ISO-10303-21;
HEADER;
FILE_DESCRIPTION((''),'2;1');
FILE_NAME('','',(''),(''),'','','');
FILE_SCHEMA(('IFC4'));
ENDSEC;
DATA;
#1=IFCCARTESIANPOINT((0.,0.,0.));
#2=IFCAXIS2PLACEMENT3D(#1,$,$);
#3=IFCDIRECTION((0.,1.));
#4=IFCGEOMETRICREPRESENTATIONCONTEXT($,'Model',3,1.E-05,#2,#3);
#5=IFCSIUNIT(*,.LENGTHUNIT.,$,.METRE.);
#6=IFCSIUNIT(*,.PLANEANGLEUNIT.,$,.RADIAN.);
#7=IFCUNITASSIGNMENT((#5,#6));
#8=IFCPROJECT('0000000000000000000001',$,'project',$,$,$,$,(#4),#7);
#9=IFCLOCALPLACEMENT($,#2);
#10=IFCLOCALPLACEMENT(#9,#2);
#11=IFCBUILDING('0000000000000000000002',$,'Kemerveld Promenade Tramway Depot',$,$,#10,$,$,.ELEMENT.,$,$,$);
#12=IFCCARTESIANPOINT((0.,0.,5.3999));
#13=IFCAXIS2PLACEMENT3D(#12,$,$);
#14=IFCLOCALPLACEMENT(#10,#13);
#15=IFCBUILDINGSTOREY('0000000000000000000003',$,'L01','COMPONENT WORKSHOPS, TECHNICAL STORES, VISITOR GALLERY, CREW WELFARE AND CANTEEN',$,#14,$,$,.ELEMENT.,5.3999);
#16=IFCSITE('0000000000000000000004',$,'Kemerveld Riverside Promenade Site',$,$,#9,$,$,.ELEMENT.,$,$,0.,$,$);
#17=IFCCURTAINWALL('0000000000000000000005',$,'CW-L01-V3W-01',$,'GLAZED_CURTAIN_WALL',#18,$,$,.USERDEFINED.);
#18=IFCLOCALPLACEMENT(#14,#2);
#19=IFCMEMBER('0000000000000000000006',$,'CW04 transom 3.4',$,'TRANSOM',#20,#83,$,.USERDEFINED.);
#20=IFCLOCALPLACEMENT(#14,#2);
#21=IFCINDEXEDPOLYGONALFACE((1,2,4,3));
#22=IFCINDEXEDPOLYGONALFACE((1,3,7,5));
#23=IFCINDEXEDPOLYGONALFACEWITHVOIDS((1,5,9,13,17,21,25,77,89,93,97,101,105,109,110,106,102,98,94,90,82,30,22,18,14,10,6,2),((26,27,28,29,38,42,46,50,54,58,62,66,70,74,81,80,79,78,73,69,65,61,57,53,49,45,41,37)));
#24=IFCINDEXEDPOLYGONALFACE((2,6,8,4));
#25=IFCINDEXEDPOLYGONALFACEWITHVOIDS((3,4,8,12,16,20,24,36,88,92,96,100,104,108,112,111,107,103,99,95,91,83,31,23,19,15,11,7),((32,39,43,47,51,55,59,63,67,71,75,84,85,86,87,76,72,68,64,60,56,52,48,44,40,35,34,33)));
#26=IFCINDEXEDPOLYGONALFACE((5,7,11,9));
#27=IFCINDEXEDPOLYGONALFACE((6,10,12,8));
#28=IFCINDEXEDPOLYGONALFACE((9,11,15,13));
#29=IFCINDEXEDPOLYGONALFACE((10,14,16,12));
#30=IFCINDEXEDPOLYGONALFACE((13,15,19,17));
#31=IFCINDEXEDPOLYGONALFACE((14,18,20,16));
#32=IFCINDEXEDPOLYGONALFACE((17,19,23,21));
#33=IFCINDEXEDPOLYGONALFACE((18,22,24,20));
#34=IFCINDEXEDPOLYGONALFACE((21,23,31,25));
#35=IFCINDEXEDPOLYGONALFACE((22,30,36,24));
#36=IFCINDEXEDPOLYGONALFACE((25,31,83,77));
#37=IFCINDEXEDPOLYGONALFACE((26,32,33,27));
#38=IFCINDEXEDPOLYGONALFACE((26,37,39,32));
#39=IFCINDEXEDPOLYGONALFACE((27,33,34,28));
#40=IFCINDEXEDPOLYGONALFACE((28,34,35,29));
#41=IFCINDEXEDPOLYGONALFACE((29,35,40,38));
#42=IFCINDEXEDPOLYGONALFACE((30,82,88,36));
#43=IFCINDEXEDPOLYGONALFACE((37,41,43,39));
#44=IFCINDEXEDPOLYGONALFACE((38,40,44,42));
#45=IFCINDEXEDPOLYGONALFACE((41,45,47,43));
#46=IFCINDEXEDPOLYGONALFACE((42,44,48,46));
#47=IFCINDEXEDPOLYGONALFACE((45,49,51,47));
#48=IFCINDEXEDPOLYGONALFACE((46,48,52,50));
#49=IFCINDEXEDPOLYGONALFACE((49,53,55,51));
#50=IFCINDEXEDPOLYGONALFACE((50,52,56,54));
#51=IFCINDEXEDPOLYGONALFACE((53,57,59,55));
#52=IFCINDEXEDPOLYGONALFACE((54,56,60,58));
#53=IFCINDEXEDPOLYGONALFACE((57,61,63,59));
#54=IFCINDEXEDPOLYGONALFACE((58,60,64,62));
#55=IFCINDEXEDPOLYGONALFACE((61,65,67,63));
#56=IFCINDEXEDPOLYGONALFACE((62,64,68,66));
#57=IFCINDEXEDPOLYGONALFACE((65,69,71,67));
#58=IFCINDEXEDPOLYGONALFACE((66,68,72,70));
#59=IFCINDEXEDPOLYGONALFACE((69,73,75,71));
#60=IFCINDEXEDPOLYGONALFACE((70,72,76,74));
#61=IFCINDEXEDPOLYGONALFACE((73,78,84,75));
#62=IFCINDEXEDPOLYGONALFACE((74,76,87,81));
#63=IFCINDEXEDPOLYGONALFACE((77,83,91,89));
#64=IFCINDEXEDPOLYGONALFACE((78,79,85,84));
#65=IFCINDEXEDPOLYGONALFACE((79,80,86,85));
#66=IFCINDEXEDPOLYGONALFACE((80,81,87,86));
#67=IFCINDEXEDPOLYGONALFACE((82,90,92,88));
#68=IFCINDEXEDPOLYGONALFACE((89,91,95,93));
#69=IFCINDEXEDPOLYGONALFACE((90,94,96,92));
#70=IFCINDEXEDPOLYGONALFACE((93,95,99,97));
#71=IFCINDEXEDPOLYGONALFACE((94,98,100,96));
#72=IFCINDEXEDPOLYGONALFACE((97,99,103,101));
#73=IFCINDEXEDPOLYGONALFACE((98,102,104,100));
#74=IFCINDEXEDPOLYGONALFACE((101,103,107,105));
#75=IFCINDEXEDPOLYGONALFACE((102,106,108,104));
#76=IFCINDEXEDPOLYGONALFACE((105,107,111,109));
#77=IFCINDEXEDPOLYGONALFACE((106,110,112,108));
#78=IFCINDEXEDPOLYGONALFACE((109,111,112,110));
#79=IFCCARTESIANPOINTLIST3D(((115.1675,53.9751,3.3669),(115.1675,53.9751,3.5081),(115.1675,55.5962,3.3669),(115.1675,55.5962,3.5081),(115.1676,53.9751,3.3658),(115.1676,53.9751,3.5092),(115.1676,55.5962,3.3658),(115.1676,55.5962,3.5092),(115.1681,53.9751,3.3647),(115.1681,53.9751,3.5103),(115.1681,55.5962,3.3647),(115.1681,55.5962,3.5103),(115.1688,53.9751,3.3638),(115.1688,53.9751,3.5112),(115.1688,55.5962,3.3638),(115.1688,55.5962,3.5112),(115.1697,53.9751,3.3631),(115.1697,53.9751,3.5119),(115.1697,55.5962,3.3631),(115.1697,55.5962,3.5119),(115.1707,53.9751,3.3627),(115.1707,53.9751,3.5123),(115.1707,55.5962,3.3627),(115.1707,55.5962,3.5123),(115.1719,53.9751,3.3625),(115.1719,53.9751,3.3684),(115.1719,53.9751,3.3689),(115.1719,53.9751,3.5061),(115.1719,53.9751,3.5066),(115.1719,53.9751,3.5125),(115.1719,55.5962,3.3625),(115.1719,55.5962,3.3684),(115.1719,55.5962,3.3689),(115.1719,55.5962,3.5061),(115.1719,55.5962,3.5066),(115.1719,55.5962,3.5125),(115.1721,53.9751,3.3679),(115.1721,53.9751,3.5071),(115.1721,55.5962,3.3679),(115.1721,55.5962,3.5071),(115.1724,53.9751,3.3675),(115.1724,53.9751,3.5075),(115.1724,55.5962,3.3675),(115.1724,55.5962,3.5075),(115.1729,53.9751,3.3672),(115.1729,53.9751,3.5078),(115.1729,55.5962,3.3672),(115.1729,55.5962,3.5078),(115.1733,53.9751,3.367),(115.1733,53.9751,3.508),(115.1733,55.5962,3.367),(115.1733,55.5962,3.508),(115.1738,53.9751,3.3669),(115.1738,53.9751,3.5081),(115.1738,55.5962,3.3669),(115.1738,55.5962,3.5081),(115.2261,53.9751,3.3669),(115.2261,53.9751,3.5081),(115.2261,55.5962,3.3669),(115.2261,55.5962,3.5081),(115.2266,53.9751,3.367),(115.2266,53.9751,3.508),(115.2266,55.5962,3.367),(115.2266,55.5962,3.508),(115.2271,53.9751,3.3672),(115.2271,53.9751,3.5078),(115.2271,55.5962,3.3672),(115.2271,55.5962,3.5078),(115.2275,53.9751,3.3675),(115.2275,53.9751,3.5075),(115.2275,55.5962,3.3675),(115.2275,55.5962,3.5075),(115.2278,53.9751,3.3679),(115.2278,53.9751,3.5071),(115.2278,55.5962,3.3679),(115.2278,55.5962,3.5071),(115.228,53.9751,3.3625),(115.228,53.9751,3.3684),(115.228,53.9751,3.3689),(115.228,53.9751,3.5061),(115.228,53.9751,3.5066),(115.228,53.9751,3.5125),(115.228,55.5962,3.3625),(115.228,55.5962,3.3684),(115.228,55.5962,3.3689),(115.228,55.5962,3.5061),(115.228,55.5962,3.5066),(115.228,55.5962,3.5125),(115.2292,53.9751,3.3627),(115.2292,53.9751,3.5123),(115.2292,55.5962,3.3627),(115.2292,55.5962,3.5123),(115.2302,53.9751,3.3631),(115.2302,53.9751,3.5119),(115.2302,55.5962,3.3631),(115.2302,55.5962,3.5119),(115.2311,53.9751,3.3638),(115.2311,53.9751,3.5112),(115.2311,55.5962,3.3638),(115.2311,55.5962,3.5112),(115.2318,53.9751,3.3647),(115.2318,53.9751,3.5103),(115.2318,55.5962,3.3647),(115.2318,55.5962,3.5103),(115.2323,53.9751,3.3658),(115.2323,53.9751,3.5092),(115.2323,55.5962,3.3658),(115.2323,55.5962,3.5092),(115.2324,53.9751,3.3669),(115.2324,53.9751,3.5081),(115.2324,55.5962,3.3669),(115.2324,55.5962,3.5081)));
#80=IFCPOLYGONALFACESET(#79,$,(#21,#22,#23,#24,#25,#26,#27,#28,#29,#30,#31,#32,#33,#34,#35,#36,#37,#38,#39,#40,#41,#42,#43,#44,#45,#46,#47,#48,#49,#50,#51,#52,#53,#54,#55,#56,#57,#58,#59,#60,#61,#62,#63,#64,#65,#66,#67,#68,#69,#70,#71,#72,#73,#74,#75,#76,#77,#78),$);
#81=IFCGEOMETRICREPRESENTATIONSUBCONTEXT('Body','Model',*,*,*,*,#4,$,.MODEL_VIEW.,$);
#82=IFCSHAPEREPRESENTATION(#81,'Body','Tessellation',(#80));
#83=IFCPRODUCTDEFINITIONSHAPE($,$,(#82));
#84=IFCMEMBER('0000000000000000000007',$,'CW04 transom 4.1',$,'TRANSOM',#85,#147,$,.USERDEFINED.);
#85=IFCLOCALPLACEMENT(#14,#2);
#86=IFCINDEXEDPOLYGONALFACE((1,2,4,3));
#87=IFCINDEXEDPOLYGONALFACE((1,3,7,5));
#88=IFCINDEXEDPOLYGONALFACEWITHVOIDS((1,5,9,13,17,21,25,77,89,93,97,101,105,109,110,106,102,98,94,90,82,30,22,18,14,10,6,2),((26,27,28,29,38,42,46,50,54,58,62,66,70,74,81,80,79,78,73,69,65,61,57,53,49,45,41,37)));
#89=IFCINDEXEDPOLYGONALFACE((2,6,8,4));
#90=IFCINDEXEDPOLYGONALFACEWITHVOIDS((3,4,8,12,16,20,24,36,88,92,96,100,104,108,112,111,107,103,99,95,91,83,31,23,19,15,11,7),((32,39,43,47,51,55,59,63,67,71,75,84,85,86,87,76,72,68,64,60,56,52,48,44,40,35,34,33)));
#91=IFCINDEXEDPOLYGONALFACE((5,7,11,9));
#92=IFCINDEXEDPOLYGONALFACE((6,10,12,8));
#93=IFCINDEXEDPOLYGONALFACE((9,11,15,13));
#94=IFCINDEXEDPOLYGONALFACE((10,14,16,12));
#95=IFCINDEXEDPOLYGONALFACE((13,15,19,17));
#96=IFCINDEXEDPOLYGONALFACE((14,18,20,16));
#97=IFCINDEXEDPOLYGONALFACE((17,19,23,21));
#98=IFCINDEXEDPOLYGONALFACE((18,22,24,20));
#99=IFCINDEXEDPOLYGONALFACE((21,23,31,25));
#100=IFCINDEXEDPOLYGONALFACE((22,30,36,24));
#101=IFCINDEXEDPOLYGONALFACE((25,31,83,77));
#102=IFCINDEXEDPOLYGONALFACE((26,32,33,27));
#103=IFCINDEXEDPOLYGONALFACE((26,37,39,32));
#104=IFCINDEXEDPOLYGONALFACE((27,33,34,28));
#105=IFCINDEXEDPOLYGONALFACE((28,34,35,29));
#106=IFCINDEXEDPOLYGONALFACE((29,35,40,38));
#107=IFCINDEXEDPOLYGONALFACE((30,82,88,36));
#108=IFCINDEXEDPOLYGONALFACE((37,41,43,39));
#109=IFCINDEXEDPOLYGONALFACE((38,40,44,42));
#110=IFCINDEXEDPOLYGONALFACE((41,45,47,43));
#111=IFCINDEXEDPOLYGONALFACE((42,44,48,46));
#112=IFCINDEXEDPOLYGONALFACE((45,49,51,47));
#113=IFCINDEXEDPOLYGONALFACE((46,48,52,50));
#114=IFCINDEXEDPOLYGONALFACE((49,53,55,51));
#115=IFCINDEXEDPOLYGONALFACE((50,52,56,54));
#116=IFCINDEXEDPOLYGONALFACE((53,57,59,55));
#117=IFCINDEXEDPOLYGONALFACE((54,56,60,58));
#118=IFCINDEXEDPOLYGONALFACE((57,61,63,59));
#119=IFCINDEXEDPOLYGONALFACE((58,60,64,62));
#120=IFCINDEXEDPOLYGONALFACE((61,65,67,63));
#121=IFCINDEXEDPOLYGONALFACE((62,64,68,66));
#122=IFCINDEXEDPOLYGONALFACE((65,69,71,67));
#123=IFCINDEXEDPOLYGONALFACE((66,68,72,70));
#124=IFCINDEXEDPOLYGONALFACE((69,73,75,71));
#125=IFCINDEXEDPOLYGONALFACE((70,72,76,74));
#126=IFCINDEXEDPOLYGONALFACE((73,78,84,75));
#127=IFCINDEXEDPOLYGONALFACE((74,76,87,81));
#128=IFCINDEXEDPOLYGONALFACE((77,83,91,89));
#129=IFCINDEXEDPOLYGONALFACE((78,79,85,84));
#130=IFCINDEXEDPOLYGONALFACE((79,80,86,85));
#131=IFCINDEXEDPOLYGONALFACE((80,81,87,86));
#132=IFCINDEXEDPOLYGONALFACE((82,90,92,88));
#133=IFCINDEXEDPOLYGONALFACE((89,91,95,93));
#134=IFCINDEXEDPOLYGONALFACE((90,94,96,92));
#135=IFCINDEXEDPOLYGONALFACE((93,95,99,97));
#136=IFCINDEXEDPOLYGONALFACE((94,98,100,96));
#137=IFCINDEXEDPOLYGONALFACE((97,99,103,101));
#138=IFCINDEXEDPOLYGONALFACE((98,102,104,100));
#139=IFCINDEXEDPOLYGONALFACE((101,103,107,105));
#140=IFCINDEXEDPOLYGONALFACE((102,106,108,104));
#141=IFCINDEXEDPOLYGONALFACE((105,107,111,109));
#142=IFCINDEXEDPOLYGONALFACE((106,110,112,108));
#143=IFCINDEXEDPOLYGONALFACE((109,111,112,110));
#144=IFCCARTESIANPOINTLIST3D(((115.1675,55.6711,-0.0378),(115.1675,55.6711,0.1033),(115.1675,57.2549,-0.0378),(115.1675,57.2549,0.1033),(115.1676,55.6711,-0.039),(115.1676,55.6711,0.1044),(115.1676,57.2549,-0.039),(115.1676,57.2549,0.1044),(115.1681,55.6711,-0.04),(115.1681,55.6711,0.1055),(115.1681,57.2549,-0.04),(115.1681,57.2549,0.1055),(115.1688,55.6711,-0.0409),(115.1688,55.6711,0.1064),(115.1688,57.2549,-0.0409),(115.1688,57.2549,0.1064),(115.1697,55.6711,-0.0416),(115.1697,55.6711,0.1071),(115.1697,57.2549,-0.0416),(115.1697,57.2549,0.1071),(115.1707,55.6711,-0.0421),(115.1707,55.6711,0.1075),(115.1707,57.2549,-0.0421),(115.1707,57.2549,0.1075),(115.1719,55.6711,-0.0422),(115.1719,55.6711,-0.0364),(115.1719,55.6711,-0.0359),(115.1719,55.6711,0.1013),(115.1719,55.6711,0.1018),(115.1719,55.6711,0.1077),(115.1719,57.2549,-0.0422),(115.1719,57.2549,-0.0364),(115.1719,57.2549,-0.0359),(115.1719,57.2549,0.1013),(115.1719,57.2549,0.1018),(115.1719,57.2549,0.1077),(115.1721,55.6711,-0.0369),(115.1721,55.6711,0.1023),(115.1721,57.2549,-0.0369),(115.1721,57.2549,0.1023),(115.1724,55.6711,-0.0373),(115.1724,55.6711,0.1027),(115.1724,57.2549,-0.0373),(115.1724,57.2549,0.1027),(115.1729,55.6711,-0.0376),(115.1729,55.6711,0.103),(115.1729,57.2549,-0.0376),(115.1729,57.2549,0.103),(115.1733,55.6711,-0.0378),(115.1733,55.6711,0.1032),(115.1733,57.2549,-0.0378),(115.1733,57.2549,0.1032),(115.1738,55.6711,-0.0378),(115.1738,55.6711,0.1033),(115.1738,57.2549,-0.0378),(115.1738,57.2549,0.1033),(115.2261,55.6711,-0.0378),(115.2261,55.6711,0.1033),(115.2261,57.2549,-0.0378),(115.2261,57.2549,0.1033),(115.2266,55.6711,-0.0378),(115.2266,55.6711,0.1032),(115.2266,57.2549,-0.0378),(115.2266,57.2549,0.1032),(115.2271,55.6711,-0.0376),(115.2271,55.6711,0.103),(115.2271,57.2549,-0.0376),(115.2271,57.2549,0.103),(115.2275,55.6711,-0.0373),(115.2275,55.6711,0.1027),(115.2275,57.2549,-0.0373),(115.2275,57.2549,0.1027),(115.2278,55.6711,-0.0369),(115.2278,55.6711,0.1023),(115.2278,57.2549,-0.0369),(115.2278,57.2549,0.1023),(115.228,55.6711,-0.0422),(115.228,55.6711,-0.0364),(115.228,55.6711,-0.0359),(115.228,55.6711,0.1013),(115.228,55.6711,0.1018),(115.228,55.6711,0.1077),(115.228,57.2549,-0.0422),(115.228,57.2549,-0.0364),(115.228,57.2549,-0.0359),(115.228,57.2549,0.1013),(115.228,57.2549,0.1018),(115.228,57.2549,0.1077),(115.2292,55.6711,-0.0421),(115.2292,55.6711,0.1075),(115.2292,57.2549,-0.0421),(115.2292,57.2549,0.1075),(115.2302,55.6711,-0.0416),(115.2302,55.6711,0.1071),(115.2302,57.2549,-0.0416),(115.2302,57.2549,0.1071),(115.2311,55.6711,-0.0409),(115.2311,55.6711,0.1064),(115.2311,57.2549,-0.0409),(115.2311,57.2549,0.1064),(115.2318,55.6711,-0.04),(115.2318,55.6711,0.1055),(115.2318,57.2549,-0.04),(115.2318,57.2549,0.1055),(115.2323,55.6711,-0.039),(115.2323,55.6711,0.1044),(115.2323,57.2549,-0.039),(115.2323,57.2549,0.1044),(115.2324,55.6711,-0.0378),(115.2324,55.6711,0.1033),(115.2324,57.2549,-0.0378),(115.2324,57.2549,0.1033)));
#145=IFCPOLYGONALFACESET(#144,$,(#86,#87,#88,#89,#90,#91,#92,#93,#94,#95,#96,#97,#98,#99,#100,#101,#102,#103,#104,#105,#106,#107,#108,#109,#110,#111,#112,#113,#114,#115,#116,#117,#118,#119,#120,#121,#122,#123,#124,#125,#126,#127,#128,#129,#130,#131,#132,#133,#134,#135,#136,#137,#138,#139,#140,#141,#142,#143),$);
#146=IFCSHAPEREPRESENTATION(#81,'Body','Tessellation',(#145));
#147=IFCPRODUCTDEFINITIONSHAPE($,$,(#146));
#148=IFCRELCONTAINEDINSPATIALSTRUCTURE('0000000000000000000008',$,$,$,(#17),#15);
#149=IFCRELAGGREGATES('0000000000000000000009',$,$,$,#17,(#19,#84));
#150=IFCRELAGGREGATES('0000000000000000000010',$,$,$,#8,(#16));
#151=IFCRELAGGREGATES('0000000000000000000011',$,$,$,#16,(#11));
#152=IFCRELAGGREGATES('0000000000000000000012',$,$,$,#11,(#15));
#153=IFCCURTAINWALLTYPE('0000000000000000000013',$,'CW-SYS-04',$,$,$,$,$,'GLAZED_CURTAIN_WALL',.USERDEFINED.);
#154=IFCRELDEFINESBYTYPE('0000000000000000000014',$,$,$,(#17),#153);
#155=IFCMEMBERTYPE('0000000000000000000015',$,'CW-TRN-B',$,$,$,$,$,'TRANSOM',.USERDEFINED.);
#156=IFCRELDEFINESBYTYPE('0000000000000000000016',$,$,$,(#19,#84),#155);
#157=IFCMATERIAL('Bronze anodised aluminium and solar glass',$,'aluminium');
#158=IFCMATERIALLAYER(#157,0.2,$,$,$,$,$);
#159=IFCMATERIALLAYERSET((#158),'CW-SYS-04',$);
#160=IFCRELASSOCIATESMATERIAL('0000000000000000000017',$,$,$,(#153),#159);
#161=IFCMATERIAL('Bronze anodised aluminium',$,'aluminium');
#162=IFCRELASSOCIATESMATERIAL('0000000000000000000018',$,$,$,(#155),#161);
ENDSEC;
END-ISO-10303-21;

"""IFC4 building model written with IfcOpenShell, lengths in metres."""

from ifc_helpers import new_model, si_unit, direction, frame, origin, origin_2d, place, context, subcontext, project, spatial, hollow_rectangle, extrude, material, layer, layer_set, material_profile, profile_set, type_object, element, aggregate, save


model = new_model("IFC4")

# Units and contexts
model_context = context("Model", 3, precision=1e-05, world=origin(), true_north=direction((0.0, 1.0)))
body_context = subcontext(model_context, "Body", "Model", "MODEL_VIEW")
ifc_project = project(units=[si_unit("LENGTHUNIT", "METRE"), si_unit("PLANEANGLEUNIT", "RADIAN")], contexts=[model_context])

# Site, building, storey
site_placement = place(None, origin())
site = spatial("IfcSite", under=ifc_project, at=site_placement, Name="Kemerveld Riverside Promenade Site", CompositionType="ELEMENT", RefElevation=0.0)
building_placement = place(site_placement, origin())
building = spatial("IfcBuilding", under=site, at=building_placement, Name="Kemerveld Promenade Tramway Depot", CompositionType="ELEMENT")
storey_placement = place(building_placement, frame((0.0, 0.0, 5.3999)))
storey = spatial("IfcBuildingStorey", under=building, at=storey_placement, Name="L01", Description="COMPONENT WORKSHOPS, TECHNICAL STORES, VISITOR GALLERY, CREW WELFARE AND CANTEEN", CompositionType="ELEMENT", Elevation=5.3999)

# Curtain wall, members
ifc_material_1 = material(Name="Bronze anodised aluminium and solar glass", Category="aluminium")
ifc_layer_1 = layer(ifc_material_1, 0.2)
ifc_layer_set_1 = layer_set([ifc_layer_1], Name="CW-SYS-04")
curtain_wall_type = type_object("IfcCurtainWallType", Name="CW-SYS-04", ElementType="GLAZED_CURTAIN_WALL", PredefinedType="USERDEFINED", material=ifc_layer_set_1)
curtain_wall_placement = place(storey_placement, origin())
curtain_wall = element("IfcCurtainWall", 1, at=curtain_wall_placement, inside=storey, type_object=curtain_wall_type, Name="CW-L01-V3W-01", ObjectType="GLAZED_CURTAIN_WALL", PredefinedType="USERDEFINED")
ifc_material_2 = material(Name="Bronze anodised aluminium", Category="aluminium")
ifc_material_profile_1 = material_profile(ifc_material_2, hollow_rectangle(XDim=0.0649, YDim=0.1499, WallThickness=0.0044, InnerFilletRadius=0.002, OuterFilletRadius=0.0044, at=origin_2d()), Name="CW-TRN-150x65")
ifc_profile_set_1 = profile_set([ifc_material_profile_1], Name="Bronze anodised aluminium")
member_type_1 = type_object("IfcMemberType", Name="CW-TRN-B", ElementType="TRANSOM", PredefinedType="USERDEFINED", material=ifc_profile_set_1)
member_1_placement = place(storey_placement, frame((115.2, 53.9751, 3.4375), z_axis=(0.0, 1.0, 0.0), x_axis=(-1.0, 0.0, 0.0)))
member_1 = element("IfcMember", 2, at=member_1_placement, type_object=member_type_1, Name="CW04 transom 3.4", ObjectType="TRANSOM", PredefinedType="USERDEFINED", context=body_context, shape_type="SweptSolid", body=[
    extrude(hollow_rectangle(XDim=0.0649, YDim=0.1499, WallThickness=0.0044, InnerFilletRadius=0.002, OuterFilletRadius=0.0044, at=origin_2d()), origin(), (0.0, 0.0, 1.0), 1.6211),
])
member_2_placement = place(storey_placement, frame((115.2, 55.6711, 0.0327), z_axis=(0.0, 1.0, 0.0), x_axis=(-1.0, 0.0, 0.0)))
member_2 = element("IfcMember", 3, at=member_2_placement, type_object=member_type_1, Name="CW04 transom 4.1", ObjectType="TRANSOM", PredefinedType="USERDEFINED", context=body_context, shape_type="SweptSolid", body=[
    extrude(hollow_rectangle(XDim=0.0649, YDim=0.1499, WallThickness=0.0044, InnerFilletRadius=0.002, OuterFilletRadius=0.0044, at=origin_2d()), origin(), (0.0, 0.0, 1.0), 1.5837),
])
aggregate(curtain_wall, [member_1, member_2])

save(model, "model.ifc")
